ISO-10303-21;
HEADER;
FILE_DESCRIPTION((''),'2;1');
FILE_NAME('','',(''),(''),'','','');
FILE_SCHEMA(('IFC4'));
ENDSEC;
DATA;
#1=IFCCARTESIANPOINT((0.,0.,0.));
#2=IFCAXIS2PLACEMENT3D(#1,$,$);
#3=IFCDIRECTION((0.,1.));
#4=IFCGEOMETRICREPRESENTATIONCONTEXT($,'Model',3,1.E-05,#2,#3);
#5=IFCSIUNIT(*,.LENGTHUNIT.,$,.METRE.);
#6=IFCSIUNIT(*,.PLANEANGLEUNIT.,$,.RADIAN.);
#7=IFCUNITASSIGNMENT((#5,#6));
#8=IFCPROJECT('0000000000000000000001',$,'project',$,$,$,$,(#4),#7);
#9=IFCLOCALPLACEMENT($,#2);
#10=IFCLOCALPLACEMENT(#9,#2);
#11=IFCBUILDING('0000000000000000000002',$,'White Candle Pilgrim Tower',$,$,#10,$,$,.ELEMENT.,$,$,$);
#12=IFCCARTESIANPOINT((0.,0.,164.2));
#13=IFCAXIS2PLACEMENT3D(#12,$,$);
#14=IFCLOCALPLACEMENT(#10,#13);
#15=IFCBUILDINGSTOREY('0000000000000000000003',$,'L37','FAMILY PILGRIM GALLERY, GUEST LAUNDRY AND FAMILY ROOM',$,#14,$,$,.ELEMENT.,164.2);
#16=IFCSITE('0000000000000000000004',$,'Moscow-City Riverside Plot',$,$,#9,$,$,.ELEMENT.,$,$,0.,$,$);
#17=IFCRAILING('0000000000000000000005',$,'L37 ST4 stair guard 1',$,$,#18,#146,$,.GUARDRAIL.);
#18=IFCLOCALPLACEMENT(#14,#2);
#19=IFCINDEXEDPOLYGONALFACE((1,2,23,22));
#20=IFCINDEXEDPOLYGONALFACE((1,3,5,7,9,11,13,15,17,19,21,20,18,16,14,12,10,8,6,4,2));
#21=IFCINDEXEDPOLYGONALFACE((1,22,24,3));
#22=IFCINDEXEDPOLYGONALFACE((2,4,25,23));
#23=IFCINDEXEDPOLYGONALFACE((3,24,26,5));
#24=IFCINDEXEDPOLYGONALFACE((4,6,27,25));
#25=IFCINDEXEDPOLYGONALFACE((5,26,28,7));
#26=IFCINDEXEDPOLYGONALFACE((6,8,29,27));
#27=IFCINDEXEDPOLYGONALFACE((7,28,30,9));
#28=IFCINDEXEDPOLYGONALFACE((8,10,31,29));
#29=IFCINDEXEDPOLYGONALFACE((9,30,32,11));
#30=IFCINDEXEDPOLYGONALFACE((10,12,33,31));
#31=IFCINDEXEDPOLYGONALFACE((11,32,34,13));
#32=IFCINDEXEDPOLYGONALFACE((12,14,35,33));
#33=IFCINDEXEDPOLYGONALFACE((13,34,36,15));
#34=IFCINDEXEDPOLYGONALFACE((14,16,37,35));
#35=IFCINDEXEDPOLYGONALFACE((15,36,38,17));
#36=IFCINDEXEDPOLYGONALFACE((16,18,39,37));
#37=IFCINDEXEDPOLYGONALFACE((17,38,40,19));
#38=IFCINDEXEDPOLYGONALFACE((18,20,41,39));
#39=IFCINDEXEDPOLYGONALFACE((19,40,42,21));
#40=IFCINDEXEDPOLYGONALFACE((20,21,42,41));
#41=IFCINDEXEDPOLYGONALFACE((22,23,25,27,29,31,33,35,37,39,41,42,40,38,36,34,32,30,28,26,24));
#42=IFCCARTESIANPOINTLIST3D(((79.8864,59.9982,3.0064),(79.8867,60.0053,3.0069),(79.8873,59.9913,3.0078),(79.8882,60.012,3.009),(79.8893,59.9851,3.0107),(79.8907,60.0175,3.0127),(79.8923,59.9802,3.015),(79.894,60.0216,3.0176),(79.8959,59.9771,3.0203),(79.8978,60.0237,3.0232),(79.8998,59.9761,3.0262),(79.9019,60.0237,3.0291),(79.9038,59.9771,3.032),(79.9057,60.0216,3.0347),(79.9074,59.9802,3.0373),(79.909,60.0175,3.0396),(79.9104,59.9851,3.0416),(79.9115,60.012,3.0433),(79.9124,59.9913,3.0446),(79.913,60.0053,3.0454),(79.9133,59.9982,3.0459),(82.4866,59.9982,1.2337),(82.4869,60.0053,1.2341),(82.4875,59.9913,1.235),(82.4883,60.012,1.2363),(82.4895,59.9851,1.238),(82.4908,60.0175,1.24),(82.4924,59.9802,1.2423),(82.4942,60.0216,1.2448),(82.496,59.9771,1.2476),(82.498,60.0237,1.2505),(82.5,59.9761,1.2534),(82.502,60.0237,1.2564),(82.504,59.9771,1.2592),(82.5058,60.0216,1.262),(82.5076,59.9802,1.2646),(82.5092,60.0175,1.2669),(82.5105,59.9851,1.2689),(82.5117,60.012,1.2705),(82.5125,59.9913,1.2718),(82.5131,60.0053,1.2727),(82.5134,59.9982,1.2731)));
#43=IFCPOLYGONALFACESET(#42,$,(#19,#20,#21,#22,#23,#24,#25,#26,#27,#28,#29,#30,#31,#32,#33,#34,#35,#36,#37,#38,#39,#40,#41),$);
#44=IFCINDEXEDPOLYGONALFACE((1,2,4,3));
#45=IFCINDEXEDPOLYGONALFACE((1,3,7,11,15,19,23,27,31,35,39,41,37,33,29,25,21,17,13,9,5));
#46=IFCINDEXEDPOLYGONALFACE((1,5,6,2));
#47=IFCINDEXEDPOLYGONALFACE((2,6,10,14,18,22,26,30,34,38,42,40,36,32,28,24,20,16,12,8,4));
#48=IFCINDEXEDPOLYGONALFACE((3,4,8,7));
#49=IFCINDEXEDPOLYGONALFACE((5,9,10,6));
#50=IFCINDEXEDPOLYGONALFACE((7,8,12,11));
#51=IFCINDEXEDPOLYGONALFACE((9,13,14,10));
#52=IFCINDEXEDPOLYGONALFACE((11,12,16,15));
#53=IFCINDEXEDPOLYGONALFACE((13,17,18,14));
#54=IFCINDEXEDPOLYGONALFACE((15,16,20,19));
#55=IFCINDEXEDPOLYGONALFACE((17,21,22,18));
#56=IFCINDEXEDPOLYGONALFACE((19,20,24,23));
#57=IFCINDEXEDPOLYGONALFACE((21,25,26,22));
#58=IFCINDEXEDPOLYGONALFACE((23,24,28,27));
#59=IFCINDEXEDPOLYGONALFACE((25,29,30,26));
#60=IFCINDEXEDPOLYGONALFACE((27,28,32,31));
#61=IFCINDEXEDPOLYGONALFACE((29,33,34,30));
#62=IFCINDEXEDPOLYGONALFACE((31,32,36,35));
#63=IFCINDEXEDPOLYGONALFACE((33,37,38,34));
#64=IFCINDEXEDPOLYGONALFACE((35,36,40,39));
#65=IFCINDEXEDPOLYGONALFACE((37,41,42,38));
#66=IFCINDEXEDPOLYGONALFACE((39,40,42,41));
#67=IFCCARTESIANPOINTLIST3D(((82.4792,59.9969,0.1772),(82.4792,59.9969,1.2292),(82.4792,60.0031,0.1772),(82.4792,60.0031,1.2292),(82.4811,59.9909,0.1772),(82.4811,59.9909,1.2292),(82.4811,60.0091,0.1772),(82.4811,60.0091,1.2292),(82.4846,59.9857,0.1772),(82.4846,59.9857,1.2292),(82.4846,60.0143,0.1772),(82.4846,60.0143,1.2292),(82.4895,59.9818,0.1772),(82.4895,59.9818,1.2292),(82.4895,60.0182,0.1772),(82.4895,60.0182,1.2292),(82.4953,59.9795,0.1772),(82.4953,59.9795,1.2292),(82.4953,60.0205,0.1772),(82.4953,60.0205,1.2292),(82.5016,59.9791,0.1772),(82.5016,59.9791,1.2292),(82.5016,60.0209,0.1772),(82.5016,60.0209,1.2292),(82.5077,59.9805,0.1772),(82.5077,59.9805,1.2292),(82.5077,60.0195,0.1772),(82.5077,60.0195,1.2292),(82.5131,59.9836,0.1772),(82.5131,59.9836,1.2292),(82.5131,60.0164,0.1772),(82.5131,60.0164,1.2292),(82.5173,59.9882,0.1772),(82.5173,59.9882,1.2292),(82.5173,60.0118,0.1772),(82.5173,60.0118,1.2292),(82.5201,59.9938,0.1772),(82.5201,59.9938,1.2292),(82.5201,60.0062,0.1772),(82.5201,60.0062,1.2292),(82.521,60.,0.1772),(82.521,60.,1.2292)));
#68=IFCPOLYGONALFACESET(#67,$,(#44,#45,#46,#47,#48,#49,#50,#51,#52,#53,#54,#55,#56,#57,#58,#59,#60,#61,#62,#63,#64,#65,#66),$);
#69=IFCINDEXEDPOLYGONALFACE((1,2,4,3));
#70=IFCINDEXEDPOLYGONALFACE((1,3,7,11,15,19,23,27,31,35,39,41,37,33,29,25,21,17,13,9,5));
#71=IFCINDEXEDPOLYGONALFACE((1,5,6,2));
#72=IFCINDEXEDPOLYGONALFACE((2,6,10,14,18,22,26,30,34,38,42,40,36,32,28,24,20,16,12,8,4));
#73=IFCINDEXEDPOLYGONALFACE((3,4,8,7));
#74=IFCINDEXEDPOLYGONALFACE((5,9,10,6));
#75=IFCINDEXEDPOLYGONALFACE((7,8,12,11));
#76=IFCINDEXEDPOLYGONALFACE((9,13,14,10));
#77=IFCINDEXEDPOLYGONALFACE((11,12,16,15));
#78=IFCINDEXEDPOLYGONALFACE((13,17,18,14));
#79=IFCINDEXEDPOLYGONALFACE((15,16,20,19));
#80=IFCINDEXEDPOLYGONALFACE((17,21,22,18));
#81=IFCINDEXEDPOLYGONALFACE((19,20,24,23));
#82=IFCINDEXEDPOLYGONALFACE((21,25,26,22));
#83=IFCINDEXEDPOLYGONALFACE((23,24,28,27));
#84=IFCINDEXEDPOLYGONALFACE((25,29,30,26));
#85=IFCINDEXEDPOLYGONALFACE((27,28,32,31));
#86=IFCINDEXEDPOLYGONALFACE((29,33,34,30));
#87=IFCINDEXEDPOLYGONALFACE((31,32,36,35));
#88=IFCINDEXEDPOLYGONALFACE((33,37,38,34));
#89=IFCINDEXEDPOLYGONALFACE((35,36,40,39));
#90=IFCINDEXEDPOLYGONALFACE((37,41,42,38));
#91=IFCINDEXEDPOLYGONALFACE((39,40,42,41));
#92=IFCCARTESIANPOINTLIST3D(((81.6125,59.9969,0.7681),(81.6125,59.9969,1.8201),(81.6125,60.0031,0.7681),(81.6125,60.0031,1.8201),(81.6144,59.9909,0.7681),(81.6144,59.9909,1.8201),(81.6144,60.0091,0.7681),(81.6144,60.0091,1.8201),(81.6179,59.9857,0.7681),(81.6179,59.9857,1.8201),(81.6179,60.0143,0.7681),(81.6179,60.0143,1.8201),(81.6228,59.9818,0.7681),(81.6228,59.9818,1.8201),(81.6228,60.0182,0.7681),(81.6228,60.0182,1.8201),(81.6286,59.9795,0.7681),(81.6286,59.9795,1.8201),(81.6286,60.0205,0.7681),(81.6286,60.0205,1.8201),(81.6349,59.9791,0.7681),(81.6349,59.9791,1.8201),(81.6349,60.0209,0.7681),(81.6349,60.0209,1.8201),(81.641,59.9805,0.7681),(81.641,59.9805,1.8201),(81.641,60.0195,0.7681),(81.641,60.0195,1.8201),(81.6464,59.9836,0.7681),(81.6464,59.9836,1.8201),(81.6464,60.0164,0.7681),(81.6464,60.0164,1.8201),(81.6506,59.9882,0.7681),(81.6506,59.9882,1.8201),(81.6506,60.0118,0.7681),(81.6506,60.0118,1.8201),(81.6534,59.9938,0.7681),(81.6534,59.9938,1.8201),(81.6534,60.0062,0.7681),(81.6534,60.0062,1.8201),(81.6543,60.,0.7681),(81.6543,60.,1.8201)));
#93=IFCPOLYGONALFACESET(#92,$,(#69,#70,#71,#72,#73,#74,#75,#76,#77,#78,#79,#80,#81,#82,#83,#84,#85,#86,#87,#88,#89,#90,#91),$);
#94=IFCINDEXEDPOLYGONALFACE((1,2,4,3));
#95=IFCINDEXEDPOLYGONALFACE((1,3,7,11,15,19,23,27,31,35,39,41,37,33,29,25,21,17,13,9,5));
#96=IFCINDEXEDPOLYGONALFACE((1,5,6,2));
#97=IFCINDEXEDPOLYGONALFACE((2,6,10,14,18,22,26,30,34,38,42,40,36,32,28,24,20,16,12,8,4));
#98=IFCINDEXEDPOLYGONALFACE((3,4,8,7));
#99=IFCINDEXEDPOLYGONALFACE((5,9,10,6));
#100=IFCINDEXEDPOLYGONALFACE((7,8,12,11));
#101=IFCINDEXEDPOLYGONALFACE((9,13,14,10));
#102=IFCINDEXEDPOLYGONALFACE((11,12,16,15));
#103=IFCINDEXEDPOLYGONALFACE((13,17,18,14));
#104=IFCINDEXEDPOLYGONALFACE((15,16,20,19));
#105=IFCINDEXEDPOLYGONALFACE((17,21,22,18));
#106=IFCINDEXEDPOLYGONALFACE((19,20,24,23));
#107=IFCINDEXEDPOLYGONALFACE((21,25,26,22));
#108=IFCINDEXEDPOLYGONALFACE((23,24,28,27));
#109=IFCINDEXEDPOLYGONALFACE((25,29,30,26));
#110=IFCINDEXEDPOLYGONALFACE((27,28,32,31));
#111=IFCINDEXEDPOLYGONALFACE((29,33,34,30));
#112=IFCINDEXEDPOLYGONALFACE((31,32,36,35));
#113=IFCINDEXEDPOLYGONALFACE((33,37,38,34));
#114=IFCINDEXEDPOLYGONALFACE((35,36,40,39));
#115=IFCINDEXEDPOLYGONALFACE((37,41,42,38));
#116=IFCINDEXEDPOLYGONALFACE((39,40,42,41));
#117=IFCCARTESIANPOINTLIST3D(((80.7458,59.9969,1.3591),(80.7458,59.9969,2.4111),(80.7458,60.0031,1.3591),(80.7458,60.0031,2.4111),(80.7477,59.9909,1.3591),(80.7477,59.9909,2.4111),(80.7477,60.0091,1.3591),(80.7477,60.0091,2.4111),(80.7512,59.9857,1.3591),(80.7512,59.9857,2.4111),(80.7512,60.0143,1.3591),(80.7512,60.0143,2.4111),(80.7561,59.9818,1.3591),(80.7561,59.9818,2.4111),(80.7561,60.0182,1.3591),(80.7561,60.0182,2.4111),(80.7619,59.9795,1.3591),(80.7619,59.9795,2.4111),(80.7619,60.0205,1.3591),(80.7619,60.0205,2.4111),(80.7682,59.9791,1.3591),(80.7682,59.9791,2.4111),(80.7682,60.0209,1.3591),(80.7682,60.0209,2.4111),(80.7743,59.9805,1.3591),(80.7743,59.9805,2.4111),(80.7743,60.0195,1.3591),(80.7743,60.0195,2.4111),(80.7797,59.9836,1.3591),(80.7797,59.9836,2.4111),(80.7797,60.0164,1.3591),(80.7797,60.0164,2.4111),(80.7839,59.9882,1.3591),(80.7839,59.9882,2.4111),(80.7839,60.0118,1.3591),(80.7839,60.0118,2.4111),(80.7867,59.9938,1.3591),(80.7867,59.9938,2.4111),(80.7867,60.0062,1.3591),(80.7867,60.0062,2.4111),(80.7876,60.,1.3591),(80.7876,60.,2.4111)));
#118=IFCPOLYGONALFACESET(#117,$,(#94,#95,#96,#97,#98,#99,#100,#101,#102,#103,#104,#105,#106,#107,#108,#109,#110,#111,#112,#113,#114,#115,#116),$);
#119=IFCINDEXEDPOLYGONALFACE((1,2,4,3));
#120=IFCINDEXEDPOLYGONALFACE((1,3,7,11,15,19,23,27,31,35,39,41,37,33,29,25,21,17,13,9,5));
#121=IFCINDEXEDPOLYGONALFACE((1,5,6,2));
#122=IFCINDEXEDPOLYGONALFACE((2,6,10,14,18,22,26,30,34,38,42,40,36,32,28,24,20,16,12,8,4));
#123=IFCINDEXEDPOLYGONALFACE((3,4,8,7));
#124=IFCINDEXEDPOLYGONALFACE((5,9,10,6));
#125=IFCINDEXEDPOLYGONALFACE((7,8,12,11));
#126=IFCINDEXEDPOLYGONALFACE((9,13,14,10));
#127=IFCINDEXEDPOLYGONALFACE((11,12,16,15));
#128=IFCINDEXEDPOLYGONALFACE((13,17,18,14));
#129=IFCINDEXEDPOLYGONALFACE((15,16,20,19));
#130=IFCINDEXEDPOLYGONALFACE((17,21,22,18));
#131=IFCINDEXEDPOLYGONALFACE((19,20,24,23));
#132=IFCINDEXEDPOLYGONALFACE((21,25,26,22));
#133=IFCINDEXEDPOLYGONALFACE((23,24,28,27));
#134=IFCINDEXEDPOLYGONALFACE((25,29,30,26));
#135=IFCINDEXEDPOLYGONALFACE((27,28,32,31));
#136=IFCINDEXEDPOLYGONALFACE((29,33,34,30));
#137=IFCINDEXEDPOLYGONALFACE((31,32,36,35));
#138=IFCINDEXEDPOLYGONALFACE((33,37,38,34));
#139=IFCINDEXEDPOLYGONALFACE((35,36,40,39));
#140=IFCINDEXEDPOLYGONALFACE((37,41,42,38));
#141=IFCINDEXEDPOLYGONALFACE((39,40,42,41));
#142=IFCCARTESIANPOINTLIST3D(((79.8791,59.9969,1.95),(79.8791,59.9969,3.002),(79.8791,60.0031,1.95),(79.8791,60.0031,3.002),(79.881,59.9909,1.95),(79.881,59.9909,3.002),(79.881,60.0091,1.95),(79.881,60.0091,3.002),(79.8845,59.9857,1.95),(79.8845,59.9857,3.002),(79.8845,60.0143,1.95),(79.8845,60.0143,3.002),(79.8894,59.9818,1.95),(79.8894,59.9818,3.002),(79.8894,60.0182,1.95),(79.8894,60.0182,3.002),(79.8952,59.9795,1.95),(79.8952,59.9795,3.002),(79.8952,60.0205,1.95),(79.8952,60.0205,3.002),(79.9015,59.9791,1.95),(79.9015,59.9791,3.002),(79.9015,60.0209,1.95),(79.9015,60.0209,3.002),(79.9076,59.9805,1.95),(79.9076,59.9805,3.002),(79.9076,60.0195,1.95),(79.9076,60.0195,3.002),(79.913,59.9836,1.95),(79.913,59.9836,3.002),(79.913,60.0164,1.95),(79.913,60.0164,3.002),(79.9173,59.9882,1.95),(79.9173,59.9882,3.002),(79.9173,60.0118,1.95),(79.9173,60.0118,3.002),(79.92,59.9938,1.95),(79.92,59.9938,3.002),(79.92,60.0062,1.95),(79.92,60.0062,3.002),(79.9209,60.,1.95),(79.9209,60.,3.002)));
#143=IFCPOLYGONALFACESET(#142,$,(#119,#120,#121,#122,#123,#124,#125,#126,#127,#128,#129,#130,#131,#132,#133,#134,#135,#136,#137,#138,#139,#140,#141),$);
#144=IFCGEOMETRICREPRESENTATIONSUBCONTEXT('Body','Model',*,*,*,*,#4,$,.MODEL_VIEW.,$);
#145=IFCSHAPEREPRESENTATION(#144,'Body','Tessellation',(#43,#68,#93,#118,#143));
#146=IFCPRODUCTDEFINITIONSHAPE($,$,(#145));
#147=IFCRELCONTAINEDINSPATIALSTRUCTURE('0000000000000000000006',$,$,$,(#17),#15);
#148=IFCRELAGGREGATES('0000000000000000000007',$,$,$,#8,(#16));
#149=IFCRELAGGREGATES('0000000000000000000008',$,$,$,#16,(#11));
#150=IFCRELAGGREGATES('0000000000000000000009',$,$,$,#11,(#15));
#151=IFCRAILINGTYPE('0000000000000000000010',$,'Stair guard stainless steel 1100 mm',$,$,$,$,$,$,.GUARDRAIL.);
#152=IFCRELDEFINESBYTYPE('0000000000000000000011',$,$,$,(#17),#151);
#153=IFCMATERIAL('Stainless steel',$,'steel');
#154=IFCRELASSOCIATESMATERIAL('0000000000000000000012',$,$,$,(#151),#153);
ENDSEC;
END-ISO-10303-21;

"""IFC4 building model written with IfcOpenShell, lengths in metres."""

from ifc_helpers import new_model, si_unit, direction, frame, origin, origin_2d, place, context, subcontext, project, spatial, circle, extrude, material, type_object, element, save


model = new_model("IFC4")

# Units and contexts
model_context = context("Model", 3, precision=1e-05, world=origin(), true_north=direction((0.0, 1.0)))
body_context = subcontext(model_context, "Body", "Model", "MODEL_VIEW")
ifc_project = project(units=[si_unit("LENGTHUNIT", "METRE"), si_unit("PLANEANGLEUNIT", "RADIAN")], contexts=[model_context])

# Site, building, storey
site_placement = place(None, origin())
site = spatial("IfcSite", under=ifc_project, at=site_placement, Name="Moscow-City Riverside Plot", CompositionType="ELEMENT", RefElevation=0.0)
building_placement = place(site_placement, origin())
building = spatial("IfcBuilding", under=site, at=building_placement, Name="White Candle Pilgrim Tower", CompositionType="ELEMENT")
storey_placement = place(building_placement, frame((0.0, 0.0, 164.2)))
storey = spatial("IfcBuildingStorey", under=building, at=storey_placement, Name="L37", Description="FAMILY PILGRIM GALLERY, GUEST LAUNDRY AND FAMILY ROOM", CompositionType="ELEMENT", Elevation=164.2)

# Railing
ifc_material_1 = material(Name="Stainless steel", Category="steel")
railing_type_1 = type_object("IfcRailingType", Name="Stair guard stainless steel 1100 mm", PredefinedType="GUARDRAIL", material=ifc_material_1)
railing_1_placement = place(storey_placement, frame((82.5, 60.0, 0.1772)))
element("IfcRailing", 1, at=railing_1_placement, inside=storey, type_object=railing_type_1, Name="L37 ST4 stair guard 1", PredefinedType="GUARDRAIL", context=body_context, shape_type="SweptSolid", body=[
    extrude(circle(Radius=0.0239, at=origin_2d()), frame((0.0, 0.0, 1.0762), z_axis=(-0.82624, 0.0, 0.563318), x_axis=(0.0, -1.0, 0.0)), (0.0, 0.0, 1.0), 3.147),
    extrude(circle(Radius=0.021, at=origin_2d()), origin(), (0.0, 0.0, 1.0), 1.052),
    extrude(circle(Radius=0.021, at=origin_2d()), frame((-0.8667, 0.0, 0.5908)), (0.0, 0.0, 1.0), 1.052),
    extrude(circle(Radius=0.021, at=origin_2d()), frame((-1.7334, 0.0, 1.1819)), (0.0, 0.0, 1.0), 1.052),
    extrude(circle(Radius=0.021, at=origin_2d()), frame((-2.6001, 0.0, 1.7727)), (0.0, 0.0, 1.0), 1.052),
])

save(model, "model.ifc")
